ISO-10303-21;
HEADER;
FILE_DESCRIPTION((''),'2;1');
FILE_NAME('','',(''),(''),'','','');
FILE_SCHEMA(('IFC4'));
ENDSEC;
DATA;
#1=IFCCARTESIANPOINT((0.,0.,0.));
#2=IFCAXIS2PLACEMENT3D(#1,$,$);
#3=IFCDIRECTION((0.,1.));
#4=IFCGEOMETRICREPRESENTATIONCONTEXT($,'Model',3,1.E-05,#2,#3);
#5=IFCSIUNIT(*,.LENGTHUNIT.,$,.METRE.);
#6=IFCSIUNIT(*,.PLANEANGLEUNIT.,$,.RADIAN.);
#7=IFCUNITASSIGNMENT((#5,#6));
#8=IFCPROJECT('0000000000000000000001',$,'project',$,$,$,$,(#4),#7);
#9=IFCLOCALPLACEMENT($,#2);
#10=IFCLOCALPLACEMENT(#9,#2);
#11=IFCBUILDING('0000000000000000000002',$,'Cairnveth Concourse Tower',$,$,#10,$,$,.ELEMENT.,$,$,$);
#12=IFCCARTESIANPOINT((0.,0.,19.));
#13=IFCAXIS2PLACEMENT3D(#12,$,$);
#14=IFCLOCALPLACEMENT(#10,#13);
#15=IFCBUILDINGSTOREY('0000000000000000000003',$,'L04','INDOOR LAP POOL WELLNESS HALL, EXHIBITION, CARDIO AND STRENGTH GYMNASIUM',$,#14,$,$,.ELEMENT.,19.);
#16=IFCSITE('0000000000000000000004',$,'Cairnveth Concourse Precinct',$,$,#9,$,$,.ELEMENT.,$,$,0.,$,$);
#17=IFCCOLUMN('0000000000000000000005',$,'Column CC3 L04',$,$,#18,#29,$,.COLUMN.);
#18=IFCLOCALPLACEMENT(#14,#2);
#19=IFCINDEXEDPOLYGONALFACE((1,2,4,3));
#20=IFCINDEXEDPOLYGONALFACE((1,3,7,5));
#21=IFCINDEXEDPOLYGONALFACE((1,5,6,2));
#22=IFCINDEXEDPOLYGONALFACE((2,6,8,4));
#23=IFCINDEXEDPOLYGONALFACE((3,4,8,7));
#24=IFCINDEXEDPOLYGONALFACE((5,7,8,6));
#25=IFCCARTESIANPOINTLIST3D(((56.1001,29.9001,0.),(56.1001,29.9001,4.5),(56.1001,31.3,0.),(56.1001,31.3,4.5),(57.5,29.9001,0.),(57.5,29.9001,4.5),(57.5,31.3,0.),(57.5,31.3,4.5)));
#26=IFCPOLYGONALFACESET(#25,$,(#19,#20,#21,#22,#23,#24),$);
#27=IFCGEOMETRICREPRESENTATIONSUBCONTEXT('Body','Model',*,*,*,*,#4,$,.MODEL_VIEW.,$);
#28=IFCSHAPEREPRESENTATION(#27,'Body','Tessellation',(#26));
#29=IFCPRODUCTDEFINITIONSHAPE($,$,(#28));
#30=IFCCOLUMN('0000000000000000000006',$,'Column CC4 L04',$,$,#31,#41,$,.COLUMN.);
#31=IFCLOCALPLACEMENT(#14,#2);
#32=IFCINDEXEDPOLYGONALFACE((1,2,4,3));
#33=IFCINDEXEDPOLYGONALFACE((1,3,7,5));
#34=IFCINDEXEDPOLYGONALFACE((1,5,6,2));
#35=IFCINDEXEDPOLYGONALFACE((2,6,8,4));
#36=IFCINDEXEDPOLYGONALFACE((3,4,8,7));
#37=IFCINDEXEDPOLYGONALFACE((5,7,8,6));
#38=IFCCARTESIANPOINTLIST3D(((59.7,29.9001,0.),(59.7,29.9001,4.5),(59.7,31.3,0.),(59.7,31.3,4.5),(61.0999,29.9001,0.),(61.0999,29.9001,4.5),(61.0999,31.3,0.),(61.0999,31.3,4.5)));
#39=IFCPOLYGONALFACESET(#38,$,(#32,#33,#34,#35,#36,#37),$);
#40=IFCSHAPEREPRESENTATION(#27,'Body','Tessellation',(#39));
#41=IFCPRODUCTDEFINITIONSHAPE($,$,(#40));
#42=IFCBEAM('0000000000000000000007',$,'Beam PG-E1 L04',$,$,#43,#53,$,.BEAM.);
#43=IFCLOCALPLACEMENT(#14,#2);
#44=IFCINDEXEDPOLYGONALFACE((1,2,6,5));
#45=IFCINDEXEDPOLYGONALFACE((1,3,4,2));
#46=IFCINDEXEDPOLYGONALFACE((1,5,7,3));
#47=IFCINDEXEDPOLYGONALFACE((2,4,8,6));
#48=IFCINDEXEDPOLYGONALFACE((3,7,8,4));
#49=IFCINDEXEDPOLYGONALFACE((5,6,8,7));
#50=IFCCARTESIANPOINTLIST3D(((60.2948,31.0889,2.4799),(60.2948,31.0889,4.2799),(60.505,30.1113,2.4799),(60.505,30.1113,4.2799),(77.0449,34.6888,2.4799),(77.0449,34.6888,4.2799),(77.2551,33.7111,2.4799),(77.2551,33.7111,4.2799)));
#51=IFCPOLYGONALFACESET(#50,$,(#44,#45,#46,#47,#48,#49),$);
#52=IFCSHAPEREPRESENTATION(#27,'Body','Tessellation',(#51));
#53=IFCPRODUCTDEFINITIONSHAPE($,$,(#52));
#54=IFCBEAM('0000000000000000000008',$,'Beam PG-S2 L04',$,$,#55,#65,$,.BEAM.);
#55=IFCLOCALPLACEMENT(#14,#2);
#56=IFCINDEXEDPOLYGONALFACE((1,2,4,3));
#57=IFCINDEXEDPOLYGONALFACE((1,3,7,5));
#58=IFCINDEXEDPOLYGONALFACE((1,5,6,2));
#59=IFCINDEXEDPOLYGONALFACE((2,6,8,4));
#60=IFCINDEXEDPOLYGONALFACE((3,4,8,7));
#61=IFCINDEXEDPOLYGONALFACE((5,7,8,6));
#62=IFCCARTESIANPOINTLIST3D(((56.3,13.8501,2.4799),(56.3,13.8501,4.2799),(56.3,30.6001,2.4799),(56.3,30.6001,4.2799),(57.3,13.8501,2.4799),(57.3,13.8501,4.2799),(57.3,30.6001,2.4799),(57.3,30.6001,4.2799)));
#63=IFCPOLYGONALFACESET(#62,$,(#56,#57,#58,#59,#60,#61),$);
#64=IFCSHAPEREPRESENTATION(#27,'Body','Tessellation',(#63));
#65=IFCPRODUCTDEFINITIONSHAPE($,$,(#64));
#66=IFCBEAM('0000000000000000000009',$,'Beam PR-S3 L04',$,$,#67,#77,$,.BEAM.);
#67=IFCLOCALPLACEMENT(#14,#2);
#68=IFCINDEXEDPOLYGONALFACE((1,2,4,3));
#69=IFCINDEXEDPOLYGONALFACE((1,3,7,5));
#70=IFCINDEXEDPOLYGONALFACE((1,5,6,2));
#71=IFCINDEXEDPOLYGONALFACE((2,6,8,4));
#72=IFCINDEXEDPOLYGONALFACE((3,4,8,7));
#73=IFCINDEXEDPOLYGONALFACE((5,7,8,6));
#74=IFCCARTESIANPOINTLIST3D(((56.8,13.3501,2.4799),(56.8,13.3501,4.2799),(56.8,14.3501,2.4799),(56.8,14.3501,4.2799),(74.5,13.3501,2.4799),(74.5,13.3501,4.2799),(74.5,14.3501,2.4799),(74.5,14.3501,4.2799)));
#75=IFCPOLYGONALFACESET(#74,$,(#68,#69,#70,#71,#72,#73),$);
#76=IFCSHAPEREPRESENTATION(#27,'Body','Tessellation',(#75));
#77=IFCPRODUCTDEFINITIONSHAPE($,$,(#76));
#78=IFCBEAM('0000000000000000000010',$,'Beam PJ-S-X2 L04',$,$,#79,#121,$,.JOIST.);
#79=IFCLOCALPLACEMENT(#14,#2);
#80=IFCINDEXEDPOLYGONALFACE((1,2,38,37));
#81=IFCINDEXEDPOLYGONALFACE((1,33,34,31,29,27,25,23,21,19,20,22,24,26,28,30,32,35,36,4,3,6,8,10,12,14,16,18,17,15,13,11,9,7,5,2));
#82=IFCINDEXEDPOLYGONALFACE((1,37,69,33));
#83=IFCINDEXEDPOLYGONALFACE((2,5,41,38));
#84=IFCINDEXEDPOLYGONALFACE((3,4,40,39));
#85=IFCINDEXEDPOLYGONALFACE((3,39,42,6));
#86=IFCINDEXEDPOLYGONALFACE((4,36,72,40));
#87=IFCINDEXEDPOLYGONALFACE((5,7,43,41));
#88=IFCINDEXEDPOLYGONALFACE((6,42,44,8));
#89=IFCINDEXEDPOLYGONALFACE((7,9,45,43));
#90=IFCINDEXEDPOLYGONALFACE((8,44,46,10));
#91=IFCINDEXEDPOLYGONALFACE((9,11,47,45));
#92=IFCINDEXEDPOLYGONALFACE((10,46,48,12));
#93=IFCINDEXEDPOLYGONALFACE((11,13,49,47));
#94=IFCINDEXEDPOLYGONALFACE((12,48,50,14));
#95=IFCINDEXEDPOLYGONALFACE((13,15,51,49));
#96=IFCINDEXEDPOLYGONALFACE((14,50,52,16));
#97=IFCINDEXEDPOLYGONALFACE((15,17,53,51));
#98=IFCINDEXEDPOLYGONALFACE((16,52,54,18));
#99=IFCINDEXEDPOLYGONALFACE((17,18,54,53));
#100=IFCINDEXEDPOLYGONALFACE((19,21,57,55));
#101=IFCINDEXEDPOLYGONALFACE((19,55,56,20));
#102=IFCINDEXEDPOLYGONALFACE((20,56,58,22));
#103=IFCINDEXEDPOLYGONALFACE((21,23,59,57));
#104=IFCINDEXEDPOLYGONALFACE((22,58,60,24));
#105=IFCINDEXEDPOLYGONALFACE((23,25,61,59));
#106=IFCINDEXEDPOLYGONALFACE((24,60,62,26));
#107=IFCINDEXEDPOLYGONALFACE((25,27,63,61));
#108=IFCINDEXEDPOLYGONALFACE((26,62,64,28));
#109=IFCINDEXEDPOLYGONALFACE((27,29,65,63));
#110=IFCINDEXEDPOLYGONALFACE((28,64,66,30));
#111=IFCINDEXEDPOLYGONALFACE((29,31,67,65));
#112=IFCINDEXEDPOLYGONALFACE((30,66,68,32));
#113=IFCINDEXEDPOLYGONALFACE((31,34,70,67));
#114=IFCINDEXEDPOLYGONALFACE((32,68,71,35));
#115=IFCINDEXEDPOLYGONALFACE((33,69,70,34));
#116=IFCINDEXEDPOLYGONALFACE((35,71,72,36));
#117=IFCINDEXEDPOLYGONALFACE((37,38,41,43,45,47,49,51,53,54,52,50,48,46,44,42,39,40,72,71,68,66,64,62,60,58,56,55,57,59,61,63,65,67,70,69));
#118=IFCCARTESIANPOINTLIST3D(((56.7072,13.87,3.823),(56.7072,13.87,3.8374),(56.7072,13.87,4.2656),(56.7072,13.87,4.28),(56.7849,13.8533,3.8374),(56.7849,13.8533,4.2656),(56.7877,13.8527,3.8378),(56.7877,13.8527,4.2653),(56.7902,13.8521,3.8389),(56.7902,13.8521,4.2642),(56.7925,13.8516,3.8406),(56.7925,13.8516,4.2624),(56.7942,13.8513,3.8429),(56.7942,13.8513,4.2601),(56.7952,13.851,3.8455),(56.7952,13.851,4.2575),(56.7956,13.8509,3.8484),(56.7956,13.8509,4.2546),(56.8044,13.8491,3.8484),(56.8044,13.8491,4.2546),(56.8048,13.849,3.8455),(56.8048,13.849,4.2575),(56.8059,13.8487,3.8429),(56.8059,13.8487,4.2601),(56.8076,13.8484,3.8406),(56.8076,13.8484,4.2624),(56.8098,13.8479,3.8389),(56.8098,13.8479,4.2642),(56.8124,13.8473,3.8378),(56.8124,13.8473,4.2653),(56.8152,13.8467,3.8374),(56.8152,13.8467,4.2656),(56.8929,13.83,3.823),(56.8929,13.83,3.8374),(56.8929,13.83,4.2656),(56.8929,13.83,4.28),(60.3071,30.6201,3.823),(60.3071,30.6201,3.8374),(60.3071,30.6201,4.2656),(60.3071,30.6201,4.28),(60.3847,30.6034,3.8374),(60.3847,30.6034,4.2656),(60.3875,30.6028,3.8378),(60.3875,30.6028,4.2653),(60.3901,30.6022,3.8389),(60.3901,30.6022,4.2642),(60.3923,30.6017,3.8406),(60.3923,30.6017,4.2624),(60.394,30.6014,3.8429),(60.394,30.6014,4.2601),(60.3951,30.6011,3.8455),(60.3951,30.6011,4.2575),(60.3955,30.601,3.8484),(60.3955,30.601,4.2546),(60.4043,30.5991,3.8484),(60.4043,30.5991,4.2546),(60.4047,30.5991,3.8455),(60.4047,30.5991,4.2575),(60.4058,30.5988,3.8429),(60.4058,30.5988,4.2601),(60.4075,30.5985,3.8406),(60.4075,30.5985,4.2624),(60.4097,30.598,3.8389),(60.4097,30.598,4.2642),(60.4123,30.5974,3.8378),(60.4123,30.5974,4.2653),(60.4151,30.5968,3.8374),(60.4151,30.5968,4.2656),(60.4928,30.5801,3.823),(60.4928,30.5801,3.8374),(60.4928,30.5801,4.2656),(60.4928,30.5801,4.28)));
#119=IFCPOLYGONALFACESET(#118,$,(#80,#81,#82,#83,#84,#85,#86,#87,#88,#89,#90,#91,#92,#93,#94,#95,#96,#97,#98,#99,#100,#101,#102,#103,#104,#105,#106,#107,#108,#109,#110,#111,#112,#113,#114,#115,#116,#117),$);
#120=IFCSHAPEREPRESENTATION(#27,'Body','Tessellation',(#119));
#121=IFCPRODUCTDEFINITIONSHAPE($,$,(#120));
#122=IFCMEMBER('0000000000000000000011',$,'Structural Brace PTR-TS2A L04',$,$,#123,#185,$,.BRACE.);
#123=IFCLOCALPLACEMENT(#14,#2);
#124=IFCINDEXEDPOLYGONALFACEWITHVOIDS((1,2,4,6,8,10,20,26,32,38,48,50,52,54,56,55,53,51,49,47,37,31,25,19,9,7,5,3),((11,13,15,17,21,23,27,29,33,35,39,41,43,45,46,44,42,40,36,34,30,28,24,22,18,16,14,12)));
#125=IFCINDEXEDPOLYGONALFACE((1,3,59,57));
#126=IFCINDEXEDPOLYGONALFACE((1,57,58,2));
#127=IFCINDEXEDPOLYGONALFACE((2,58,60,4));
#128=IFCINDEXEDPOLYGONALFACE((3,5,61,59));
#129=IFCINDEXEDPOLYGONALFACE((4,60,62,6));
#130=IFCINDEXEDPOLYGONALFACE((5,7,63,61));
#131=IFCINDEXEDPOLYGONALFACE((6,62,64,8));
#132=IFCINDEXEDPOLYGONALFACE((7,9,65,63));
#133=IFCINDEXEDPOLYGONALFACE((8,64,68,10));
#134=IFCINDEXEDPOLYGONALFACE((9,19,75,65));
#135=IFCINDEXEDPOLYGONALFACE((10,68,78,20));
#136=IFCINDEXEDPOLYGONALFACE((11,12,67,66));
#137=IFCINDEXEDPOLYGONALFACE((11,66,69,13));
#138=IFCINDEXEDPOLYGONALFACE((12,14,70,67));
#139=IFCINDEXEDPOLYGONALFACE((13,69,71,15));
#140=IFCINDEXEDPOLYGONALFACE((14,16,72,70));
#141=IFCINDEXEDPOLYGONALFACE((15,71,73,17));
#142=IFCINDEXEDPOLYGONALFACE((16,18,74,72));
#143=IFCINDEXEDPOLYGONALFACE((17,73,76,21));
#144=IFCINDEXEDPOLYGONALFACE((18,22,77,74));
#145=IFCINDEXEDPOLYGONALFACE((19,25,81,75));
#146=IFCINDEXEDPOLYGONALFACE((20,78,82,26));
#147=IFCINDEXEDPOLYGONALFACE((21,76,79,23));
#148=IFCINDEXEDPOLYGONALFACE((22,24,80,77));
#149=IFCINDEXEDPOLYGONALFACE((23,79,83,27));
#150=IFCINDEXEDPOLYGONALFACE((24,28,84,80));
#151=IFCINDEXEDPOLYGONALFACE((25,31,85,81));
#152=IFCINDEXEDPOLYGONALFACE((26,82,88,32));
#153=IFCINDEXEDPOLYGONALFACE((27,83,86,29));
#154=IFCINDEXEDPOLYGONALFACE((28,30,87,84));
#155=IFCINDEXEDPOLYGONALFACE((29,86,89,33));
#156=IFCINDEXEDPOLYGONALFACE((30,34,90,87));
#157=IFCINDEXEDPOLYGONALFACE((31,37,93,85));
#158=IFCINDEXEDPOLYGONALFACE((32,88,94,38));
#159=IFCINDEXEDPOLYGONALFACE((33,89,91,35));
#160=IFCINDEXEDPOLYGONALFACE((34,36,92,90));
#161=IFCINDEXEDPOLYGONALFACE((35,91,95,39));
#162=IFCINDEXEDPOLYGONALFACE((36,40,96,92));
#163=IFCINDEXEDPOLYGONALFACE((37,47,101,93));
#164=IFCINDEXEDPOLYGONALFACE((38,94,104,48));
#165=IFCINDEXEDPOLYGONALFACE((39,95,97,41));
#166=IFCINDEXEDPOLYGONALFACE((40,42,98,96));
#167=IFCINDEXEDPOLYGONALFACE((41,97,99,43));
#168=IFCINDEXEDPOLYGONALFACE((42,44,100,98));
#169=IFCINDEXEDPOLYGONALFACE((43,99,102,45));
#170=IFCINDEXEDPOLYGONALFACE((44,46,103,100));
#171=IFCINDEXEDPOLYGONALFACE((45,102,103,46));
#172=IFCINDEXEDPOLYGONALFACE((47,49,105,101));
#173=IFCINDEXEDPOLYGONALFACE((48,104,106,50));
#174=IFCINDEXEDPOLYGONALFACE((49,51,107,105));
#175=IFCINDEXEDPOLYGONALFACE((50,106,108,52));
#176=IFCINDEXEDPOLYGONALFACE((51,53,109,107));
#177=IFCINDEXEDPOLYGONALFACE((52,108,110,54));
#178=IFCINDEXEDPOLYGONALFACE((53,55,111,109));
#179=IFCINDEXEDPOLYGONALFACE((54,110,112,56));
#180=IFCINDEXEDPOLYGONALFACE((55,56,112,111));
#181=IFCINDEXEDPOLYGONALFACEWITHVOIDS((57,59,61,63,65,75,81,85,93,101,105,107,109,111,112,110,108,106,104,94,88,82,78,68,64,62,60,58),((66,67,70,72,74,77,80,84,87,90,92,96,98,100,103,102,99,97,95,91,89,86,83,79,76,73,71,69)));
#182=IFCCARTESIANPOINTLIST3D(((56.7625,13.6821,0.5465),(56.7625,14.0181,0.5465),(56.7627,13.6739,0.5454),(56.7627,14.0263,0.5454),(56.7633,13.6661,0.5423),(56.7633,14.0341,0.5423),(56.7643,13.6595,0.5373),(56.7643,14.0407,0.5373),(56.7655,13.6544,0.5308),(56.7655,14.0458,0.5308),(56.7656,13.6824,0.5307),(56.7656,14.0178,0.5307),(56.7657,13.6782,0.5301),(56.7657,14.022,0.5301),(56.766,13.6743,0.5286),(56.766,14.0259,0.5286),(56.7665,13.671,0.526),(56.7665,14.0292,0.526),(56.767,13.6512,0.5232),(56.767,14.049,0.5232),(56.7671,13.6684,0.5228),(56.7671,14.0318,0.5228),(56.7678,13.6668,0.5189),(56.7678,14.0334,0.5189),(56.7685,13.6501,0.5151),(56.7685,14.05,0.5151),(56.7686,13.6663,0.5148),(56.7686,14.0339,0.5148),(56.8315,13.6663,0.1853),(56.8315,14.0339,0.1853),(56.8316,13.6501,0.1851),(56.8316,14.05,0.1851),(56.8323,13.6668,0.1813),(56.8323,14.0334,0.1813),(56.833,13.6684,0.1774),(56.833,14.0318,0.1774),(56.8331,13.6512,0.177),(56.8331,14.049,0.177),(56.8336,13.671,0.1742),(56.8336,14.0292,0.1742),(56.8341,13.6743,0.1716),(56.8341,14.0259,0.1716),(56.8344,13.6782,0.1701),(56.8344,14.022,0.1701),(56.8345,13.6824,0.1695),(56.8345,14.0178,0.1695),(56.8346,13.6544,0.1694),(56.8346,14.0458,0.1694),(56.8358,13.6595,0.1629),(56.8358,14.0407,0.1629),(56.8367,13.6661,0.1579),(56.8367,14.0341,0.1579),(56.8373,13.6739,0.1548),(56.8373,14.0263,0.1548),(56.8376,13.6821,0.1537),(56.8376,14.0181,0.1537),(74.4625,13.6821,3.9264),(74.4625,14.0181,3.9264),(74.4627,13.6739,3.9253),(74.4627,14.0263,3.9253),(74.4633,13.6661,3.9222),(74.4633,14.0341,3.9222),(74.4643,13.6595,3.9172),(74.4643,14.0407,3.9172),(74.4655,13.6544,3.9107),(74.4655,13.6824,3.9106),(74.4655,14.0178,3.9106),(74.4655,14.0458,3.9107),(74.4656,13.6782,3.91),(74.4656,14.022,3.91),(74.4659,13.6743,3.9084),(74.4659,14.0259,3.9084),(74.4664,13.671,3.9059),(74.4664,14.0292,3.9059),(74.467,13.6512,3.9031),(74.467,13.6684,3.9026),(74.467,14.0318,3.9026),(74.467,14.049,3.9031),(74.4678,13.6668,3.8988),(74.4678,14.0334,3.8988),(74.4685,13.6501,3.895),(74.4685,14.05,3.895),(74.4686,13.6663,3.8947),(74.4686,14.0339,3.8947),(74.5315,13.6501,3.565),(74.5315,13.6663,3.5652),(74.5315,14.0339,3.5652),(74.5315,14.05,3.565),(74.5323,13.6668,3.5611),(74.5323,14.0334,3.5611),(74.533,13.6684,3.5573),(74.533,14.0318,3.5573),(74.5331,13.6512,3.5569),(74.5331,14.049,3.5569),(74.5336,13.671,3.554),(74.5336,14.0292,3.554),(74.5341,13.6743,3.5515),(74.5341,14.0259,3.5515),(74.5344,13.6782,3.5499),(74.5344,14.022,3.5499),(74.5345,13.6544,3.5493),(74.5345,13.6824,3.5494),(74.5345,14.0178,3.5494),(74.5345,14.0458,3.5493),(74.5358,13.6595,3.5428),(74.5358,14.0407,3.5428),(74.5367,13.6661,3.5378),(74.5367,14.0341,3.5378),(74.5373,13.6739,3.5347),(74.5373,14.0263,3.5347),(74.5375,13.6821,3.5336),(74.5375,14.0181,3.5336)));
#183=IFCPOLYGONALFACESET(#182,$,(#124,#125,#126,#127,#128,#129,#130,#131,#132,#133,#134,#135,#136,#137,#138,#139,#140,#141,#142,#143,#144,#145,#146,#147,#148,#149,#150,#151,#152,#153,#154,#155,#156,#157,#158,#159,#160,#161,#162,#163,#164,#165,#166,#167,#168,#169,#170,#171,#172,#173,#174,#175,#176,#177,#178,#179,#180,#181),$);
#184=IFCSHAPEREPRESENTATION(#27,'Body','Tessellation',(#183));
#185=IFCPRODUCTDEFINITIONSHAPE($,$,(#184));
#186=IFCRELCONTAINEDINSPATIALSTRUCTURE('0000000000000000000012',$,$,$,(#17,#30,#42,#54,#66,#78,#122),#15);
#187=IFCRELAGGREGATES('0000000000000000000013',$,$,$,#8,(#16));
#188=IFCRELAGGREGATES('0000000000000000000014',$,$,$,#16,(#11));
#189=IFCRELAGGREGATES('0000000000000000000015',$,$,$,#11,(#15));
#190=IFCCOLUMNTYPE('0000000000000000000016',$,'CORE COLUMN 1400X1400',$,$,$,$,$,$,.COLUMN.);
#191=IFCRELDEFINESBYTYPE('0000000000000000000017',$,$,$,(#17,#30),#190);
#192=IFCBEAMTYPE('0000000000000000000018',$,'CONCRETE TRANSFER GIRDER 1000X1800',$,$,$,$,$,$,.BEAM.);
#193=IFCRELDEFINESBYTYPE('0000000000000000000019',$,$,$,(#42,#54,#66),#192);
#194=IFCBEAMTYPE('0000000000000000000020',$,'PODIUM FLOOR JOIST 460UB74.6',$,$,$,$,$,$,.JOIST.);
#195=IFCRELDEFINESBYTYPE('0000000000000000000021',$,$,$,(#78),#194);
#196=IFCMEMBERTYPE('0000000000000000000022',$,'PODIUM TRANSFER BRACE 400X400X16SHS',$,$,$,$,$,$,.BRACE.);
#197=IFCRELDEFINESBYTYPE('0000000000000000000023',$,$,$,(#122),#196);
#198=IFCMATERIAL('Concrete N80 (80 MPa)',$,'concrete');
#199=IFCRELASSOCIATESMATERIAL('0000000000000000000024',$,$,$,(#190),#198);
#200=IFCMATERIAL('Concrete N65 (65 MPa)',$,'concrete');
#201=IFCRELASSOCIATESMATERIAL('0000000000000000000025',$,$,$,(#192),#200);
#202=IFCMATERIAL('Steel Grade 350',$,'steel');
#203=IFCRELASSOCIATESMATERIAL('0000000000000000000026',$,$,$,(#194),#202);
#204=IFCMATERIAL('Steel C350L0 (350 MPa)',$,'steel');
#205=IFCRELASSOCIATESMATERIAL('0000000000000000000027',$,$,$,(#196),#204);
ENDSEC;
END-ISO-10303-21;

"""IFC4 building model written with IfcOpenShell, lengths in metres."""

from ifc_helpers import new_model, si_unit, direction, frame, origin, origin_2d, place, context, subcontext, project, spatial, rectangle, hollow_rectangle, i_section, extrude, material, material_profile, profile_set, type_object, element, save


model = new_model("IFC4")

# Units and contexts
model_context = context("Model", 3, precision=1e-05, world=origin(), true_north=direction((0.0, 1.0)))
body_context = subcontext(model_context, "Body", "Model", "MODEL_VIEW")
ifc_project = project(units=[si_unit("LENGTHUNIT", "METRE"), si_unit("PLANEANGLEUNIT", "RADIAN")], contexts=[model_context])

# Site, building, storey
site_placement = place(None, origin())
site = spatial("IfcSite", under=ifc_project, at=site_placement, Name="Cairnveth Concourse Precinct", CompositionType="ELEMENT", RefElevation=0.0)
building_placement = place(site_placement, origin())
building = spatial("IfcBuilding", under=site, at=building_placement, Name="Cairnveth Concourse Tower", CompositionType="ELEMENT")
storey_placement = place(building_placement, frame((0.0, 0.0, 19.0)))
storey = spatial("IfcBuildingStorey", under=building, at=storey_placement, Name="L04", Description="INDOOR LAP POOL WELLNESS HALL, EXHIBITION, CARDIO AND STRENGTH GYMNASIUM", CompositionType="ELEMENT", Elevation=19.0)

# Columns
ifc_material_1 = material(Name="Concrete N80 (80 MPa)", Category="concrete")
ifc_material_profile_1 = material_profile(ifc_material_1, rectangle(XDim=1.3999, YDim=1.3999, at=origin_2d()), Name="RC-COL-1400x1400")
ifc_profile_set_1 = profile_set([ifc_material_profile_1], Name="Concrete N80 (80 MPa)")
column_type = type_object("IfcColumnType", Name="CORE COLUMN 1400X1400", PredefinedType="COLUMN", material=ifc_profile_set_1)
for number, where, z_axis, x_axis, name in (
    (1, (56.8, 30.6001, 0.0), (0.0, 0.0, 1.0), (1.0, 0.0, 0.0), "Column CC3 L04"),
    (2, (60.3999, 30.6001, 0.0), (0.0, 0.0, 1.0), (1.0, 0.0, 0.0), "Column CC4 L04"),
):
    element("IfcColumn", number, at=place(storey_placement, frame(where, z_axis=z_axis, x_axis=x_axis)), inside=storey, type_object=column_type, Name=name, PredefinedType="COLUMN", context=body_context, shape_type="SweptSolid", body=[
        extrude(rectangle(XDim=1.3999, YDim=1.3999, at=origin_2d()), origin(), (0.0, 0.0, 1.0), 4.5),
    ])

# Beams
ifc_material_2 = material(Name="Concrete N65 (65 MPa)", Category="concrete")
ifc_material_profile_2 = material_profile(ifc_material_2, rectangle(XDim=1.0, YDim=1.8, at=origin_2d()), Name="RC-TB-1000x1800")
ifc_profile_set_2 = profile_set([ifc_material_profile_2], Name="Concrete N65 (65 MPa)")
beam_type_1 = type_object("IfcBeamType", Name="CONCRETE TRANSFER GIRDER 1000X1800", PredefinedType="BEAM", material=ifc_profile_set_2)
beam_1_placement = place(storey_placement, frame((60.3999, 30.6001, 3.3799), z_axis=(0.977676, 0.210119, 0.0), x_axis=(-0.210119, 0.977676, 0.0)))
element("IfcBeam", 3, at=beam_1_placement, inside=storey, type_object=beam_type_1, Name="Beam PG-E1 L04", PredefinedType="BEAM", context=body_context, shape_type="SweptSolid", body=[
    extrude(rectangle(XDim=1.0, YDim=1.8, at=origin_2d()), origin(), (0.0, 0.0, 1.0), 17.1326),
])
beam_2_placement = place(storey_placement, frame((56.8, 13.8501, 3.3799), z_axis=(0.0, 1.0, 0.0), x_axis=(-1.0, 0.0, 0.0)))
element("IfcBeam", 4, at=beam_2_placement, inside=storey, type_object=beam_type_1, Name="Beam PG-S2 L04", PredefinedType="BEAM", context=body_context, shape_type="SweptSolid", body=[
    extrude(rectangle(XDim=1.0, YDim=1.8, at=origin_2d()), origin(), (0.0, 0.0, 1.0), 16.75),
])
beam_3_placement = place(storey_placement, frame((56.8, 13.8501, 3.3799), z_axis=(1.0, 0.0, 0.0), x_axis=(0.0, 1.0, 0.0)))
element("IfcBeam", 5, at=beam_3_placement, inside=storey, type_object=beam_type_1, Name="Beam PR-S3 L04", PredefinedType="BEAM", context=body_context, shape_type="SweptSolid", body=[
    extrude(rectangle(XDim=1.0, YDim=1.8, at=origin_2d()), origin(), (0.0, 0.0, 1.0), 17.7),
])
ifc_material_3 = material(Name="Steel Grade 350", Category="steel")
ifc_material_profile_3 = material_profile(ifc_material_3, i_section(OverallWidth=0.1899, OverallDepth=0.457, WebThickness=0.009, FlangeThickness=0.0144, FilletRadius=0.011, at=origin_2d()), Name="460UB74.6")
ifc_profile_set_3 = profile_set([ifc_material_profile_3], Name="Steel Grade 350")
beam_type_2 = type_object("IfcBeamType", Name="PODIUM FLOOR JOIST 460UB74.6", PredefinedType="JOIST", material=ifc_profile_set_3)
beam_4_placement = place(storey_placement, frame((60.3999, 30.6001, 4.0515), z_axis=(-0.210119, -0.977676, 0.0), x_axis=(0.977676, -0.210119, 0.0)))
element("IfcBeam", 6, at=beam_4_placement, inside=storey, type_object=beam_type_2, Name="Beam PJ-S-X2 L04", PredefinedType="JOIST", context=body_context, shape_type="SweptSolid", body=[
    extrude(i_section(OverallWidth=0.1899, OverallDepth=0.457, WebThickness=0.009, FlangeThickness=0.0144, FilletRadius=0.011, at=origin_2d()), origin(), (0.0, 0.0, 1.0), 17.1326),
])

# Member
ifc_material_4 = material(Name="Steel C350L0 (350 MPa)", Category="steel")
ifc_material_profile_4 = material_profile(ifc_material_4, hollow_rectangle(XDim=0.3999, YDim=0.3999, WallThickness=0.0161, InnerFilletRadius=0.0161, OuterFilletRadius=0.032, at=origin_2d()), Name="400x400x16.0SHS")
ifc_profile_set_4 = profile_set([ifc_material_profile_4], Name="Steel C350L0 (350 MPa)")
member_type = type_object("IfcMemberType", Name="PODIUM TRANSFER BRACE 400X400X16SHS", PredefinedType="BRACE", material=ifc_profile_set_4)
member_placement = place(storey_placement, frame((56.8, 13.8501, 0.3501), z_axis=(0.982252, 0.0, 0.187565), x_axis=(0.0, 1.0, 0.0)))
element("IfcMember", 7, at=member_placement, inside=storey, type_object=member_type, Name="Structural Brace PTR-TS2A L04", PredefinedType="BRACE", context=body_context, shape_type="SweptSolid", body=[
    extrude(hollow_rectangle(XDim=0.3999, YDim=0.3999, WallThickness=0.0161, InnerFilletRadius=0.0161, OuterFilletRadius=0.032, at=origin_2d()), origin(), (0.0, 0.0, 1.0), 18.0198),
])

save(model, "model.ifc")
